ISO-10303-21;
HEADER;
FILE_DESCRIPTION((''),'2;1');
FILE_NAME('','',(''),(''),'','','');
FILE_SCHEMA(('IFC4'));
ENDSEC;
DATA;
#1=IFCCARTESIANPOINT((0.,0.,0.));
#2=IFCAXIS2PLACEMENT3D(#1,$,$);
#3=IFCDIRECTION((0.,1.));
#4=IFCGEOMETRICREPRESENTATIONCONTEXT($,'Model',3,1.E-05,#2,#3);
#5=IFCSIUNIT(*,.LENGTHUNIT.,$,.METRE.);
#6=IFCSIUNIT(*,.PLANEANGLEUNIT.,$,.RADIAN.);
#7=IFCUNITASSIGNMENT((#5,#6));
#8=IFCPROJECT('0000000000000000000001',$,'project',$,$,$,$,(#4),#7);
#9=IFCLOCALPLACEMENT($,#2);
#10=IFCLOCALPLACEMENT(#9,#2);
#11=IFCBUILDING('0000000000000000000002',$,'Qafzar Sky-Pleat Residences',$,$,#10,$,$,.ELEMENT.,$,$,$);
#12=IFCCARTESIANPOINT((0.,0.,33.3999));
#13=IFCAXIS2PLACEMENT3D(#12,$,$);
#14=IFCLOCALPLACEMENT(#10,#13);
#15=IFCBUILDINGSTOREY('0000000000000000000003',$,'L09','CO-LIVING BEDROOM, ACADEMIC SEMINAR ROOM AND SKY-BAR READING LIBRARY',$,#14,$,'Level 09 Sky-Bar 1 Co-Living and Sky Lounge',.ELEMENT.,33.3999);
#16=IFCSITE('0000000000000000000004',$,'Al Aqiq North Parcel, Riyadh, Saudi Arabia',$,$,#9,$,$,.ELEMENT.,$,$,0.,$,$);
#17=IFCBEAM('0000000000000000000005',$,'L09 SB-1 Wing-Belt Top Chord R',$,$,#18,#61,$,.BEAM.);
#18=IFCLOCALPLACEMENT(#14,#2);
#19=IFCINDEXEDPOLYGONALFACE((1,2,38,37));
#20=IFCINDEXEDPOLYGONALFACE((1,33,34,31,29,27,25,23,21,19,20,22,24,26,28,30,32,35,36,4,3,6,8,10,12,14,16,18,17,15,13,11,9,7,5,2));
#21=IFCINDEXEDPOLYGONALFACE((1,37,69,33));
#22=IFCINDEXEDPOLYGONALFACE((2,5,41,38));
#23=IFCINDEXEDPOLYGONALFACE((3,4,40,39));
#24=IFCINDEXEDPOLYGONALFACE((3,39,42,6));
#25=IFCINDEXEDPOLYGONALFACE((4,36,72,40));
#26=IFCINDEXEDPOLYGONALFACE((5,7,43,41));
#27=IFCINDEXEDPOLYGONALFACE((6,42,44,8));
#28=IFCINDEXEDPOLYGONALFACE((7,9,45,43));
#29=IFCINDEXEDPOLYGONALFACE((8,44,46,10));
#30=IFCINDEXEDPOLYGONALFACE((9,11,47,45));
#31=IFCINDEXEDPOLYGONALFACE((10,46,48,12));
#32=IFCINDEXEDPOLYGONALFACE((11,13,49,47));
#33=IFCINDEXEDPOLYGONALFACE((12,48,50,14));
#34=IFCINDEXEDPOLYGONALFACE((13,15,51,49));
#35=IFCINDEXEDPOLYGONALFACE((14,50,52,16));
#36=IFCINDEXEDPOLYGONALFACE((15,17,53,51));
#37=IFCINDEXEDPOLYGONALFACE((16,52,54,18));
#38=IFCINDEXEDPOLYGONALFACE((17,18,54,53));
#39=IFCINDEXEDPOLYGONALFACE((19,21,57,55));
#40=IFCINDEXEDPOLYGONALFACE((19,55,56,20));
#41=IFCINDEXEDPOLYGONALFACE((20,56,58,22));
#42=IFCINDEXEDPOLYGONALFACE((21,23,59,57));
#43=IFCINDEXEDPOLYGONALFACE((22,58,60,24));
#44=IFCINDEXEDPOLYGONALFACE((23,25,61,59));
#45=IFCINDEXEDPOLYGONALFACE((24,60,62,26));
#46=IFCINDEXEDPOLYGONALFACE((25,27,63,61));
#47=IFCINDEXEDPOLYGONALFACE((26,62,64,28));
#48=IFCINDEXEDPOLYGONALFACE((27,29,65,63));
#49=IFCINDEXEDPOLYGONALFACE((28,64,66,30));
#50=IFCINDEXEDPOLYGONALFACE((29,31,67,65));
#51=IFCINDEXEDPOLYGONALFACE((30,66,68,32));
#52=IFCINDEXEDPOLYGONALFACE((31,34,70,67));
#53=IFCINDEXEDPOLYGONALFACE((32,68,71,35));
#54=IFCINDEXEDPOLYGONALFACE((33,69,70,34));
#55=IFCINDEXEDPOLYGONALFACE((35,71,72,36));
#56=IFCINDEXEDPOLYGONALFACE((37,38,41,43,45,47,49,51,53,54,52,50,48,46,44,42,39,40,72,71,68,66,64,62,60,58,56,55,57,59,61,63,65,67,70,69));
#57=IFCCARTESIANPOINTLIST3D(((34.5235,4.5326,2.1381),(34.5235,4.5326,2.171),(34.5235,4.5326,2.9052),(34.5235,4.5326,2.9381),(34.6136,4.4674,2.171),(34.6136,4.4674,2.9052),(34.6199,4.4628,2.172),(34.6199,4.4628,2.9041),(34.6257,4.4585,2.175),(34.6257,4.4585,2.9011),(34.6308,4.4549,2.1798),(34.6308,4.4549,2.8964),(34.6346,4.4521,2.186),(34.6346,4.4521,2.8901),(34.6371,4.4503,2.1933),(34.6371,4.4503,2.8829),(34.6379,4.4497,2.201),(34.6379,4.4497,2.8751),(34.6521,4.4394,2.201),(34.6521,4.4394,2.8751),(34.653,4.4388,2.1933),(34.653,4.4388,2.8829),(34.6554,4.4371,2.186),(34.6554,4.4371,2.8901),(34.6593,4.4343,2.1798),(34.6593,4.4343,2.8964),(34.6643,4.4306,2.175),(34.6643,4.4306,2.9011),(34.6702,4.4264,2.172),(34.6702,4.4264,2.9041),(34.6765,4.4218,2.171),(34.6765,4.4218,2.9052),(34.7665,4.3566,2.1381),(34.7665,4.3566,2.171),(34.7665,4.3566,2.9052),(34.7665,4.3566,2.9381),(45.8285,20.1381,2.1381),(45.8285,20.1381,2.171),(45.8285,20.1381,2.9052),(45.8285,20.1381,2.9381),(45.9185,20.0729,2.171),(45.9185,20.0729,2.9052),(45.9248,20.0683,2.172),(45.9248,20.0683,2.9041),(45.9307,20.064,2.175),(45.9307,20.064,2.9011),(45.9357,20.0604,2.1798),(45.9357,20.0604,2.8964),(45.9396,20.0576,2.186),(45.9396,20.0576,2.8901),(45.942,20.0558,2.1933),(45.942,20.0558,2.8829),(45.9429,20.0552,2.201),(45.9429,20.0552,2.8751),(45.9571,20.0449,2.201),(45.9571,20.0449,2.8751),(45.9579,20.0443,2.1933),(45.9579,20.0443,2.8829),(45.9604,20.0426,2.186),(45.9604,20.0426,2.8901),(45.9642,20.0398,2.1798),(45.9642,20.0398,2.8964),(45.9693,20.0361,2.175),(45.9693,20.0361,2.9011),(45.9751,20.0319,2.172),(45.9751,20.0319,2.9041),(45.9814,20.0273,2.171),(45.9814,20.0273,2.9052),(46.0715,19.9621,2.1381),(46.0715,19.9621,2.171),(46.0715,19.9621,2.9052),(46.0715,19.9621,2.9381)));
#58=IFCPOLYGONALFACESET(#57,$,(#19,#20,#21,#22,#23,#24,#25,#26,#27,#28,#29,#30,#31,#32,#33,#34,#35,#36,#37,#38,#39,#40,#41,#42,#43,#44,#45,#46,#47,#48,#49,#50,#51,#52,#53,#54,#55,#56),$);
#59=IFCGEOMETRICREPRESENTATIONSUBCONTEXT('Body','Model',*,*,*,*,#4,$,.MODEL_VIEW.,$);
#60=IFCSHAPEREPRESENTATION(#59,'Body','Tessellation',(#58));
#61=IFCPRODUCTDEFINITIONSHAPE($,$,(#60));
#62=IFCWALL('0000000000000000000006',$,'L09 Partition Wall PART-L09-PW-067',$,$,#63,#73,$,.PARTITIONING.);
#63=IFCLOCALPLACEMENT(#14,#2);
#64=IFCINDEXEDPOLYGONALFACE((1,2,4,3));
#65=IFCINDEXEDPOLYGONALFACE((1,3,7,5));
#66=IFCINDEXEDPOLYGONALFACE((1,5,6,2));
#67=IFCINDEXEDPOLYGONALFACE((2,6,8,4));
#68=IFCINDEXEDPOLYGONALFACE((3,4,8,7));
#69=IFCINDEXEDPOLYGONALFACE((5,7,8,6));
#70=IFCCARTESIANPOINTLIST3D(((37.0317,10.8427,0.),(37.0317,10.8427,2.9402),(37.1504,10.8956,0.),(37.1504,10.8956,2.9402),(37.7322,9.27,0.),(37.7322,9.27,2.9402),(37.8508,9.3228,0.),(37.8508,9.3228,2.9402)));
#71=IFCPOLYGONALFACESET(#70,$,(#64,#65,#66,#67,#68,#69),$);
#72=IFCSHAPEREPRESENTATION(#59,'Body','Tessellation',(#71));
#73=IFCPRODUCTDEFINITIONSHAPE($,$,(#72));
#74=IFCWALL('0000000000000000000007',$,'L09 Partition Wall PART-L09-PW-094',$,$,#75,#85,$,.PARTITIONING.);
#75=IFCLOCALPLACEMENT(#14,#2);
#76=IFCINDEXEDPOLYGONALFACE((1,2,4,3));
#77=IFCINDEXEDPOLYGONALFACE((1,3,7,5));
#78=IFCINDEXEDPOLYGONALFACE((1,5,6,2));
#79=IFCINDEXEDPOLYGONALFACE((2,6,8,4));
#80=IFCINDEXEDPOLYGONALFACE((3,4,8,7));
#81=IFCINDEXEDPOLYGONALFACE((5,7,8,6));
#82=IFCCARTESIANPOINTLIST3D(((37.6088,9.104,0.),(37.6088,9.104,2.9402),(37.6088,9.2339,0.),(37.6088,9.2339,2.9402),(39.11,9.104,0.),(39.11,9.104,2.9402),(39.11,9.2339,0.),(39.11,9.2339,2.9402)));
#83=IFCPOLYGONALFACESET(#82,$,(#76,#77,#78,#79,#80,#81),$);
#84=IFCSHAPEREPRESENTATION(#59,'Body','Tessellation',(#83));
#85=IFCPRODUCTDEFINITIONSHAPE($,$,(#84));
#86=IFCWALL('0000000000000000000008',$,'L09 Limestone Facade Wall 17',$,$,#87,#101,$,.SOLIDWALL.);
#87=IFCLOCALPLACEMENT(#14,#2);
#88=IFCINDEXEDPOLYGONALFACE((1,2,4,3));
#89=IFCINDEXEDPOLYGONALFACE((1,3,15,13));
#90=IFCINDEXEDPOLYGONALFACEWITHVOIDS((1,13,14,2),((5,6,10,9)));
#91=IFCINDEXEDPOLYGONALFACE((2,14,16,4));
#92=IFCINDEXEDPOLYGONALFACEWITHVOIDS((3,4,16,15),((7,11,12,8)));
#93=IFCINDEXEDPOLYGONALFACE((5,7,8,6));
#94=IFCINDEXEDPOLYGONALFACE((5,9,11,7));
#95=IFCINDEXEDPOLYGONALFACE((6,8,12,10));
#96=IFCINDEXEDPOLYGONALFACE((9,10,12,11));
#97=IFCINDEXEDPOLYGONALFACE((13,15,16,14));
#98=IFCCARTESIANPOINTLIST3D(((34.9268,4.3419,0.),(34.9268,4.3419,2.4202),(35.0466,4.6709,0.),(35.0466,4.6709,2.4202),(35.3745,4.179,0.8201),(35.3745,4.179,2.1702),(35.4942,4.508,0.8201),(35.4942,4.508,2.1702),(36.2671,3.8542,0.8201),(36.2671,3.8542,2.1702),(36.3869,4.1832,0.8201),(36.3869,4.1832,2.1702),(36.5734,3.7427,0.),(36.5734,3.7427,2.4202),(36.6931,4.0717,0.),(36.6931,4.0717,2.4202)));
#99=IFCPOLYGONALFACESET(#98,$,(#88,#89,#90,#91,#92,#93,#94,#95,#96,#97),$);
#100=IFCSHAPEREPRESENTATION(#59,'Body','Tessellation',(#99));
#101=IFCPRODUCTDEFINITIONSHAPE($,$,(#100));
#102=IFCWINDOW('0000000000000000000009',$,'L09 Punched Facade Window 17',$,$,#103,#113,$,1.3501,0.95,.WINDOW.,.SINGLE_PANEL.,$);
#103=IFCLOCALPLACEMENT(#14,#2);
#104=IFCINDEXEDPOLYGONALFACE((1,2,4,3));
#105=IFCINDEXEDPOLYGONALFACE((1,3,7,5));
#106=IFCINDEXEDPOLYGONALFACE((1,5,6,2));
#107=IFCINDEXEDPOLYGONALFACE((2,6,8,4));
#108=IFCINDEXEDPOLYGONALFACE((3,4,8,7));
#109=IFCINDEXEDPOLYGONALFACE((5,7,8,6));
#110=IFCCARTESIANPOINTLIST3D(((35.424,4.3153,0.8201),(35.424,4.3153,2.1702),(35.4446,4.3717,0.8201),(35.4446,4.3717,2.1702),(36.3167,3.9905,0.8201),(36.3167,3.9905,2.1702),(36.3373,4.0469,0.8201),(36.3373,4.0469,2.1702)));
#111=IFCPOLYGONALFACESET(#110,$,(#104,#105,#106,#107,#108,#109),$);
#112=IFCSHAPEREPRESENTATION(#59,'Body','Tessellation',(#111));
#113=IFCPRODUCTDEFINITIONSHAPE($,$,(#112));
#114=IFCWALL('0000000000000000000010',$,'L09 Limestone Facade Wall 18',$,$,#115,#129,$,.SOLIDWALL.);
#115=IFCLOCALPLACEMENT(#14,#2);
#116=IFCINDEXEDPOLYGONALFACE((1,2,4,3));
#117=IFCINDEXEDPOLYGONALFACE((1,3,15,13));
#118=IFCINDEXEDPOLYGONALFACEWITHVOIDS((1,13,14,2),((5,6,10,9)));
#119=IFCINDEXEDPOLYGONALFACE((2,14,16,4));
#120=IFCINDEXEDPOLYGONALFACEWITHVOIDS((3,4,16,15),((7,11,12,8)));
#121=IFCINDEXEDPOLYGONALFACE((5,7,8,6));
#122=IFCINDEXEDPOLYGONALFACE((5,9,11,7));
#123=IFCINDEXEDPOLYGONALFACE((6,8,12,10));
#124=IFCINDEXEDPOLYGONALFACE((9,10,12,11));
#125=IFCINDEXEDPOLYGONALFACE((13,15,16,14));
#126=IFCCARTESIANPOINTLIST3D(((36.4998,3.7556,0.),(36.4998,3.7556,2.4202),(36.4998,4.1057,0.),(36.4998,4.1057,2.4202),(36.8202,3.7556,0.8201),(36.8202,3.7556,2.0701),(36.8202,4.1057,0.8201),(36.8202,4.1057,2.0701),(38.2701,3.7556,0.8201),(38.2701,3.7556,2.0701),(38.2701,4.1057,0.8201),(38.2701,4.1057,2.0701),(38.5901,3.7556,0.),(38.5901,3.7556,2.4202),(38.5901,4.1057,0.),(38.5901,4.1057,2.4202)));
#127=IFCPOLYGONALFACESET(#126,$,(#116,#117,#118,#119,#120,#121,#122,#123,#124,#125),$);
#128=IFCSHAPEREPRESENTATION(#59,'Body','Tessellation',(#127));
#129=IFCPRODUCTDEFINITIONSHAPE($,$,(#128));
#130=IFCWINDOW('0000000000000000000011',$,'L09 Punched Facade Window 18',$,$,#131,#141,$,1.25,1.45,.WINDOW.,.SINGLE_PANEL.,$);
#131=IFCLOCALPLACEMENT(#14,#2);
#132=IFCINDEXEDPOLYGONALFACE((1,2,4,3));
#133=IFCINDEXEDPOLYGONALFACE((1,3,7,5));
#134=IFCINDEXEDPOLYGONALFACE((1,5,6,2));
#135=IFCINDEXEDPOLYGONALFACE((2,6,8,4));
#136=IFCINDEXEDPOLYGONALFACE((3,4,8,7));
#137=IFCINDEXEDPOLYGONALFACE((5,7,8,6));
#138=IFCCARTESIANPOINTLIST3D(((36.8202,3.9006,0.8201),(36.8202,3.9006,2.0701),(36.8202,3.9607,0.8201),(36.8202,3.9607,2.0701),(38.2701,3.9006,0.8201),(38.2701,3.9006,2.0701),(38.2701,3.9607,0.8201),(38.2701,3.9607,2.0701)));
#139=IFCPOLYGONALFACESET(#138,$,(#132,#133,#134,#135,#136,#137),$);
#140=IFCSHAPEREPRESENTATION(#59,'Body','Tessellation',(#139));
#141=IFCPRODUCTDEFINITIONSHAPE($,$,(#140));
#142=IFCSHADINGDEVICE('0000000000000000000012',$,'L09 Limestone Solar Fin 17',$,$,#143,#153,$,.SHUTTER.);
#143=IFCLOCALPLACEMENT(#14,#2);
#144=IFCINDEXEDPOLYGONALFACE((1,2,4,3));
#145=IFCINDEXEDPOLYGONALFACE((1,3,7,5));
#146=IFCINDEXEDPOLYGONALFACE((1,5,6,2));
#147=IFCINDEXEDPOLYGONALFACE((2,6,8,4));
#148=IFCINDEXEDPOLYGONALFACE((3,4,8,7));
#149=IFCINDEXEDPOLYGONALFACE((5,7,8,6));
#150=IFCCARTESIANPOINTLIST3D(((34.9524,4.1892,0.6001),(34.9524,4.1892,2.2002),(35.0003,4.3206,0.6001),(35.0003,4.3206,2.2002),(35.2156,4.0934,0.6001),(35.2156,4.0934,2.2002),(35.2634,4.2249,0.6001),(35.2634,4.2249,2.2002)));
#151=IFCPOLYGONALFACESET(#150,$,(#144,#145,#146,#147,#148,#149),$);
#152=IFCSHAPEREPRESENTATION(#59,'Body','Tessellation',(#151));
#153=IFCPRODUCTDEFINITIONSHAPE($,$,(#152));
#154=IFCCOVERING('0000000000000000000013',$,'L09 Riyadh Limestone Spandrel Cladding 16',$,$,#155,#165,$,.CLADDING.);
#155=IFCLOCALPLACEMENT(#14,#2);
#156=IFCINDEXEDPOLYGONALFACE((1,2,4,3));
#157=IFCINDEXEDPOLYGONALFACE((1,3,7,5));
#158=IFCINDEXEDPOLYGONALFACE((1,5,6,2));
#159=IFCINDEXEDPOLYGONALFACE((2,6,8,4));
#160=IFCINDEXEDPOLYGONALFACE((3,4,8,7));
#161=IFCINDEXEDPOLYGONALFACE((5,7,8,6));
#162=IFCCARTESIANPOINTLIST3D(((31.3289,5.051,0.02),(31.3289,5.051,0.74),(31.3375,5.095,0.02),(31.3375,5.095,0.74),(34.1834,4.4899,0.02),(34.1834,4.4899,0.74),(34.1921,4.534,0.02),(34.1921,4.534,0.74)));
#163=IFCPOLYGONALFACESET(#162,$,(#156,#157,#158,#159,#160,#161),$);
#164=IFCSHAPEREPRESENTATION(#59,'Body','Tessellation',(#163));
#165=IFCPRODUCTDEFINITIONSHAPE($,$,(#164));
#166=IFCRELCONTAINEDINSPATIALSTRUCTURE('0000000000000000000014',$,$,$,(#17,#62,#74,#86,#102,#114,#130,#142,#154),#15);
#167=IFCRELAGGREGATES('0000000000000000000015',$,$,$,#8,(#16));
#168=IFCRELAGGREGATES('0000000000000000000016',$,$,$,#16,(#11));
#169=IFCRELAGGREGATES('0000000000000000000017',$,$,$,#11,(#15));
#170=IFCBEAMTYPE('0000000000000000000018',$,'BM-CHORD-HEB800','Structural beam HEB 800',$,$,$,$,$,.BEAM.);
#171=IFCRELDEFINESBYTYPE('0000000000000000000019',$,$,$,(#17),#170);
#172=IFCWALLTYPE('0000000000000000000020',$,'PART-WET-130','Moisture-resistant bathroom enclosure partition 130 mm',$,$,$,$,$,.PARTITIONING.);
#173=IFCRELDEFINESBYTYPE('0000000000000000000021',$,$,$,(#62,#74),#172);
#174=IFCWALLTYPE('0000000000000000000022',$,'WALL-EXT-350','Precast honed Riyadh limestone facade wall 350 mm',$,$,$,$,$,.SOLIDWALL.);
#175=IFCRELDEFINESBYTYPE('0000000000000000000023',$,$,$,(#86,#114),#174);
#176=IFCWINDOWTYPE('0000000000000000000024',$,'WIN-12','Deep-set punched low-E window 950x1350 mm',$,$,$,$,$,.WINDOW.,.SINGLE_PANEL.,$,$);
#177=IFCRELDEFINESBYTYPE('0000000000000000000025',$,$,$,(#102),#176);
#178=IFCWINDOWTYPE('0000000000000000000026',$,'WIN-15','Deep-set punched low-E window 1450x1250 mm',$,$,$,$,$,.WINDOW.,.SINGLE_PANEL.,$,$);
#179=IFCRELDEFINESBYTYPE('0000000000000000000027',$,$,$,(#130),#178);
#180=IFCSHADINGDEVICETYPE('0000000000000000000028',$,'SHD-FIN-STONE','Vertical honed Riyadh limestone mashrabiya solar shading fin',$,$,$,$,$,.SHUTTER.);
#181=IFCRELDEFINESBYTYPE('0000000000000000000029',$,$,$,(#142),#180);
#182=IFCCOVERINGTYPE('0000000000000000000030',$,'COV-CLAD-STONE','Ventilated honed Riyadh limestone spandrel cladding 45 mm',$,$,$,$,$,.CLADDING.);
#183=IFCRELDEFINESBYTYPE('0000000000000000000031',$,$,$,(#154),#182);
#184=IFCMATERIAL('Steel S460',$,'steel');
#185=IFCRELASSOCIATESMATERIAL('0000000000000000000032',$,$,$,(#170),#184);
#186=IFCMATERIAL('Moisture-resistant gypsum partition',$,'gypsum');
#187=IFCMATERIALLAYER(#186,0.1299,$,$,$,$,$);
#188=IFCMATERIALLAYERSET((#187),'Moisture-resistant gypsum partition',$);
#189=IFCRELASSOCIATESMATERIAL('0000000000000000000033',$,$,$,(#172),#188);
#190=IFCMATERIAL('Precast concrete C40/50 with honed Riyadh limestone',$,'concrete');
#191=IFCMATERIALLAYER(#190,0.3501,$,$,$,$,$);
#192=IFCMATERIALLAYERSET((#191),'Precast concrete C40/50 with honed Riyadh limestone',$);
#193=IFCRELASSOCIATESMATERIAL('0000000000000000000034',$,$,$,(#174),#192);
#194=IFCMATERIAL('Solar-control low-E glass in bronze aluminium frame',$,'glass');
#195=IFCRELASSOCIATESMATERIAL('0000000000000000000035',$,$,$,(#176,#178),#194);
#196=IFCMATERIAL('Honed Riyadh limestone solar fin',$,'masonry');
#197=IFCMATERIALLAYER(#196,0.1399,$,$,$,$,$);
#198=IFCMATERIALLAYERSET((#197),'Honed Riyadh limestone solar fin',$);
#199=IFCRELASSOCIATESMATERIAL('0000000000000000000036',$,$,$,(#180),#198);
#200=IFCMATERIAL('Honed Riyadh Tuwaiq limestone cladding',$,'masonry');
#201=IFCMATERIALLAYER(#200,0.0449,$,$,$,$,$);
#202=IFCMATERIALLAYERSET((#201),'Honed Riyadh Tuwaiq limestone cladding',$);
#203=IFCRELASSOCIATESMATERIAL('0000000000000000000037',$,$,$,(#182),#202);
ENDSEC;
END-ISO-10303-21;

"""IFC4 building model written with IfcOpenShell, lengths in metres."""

from ifc_helpers import new_model, si_unit, direction, frame, frame_2d, origin, origin_2d, place, context, subcontext, project, spatial, rectangle, i_section, extrude, source, transform, mapped, material, layer, layer_set, material_profile, profile_set, type_object, element, fill, save


model = new_model("IFC4")

# Units and contexts
model_context = context("Model", 3, precision=1e-05, world=origin(), true_north=direction((0.0, 1.0)))
body_context = subcontext(model_context, "Body", "Model", "MODEL_VIEW")
ifc_project = project(units=[si_unit("LENGTHUNIT", "METRE"), si_unit("PLANEANGLEUNIT", "RADIAN")], contexts=[model_context])

# Site, building, storey
site_placement = place(None, origin())
site = spatial("IfcSite", under=ifc_project, at=site_placement, Name="Al Aqiq North Parcel, Riyadh, Saudi Arabia", CompositionType="ELEMENT", RefElevation=0.0)
building_placement = place(site_placement, origin())
building = spatial("IfcBuilding", under=site, at=building_placement, Name="Qafzar Sky-Pleat Residences", CompositionType="ELEMENT")
storey_placement = place(building_placement, frame((0.0, 0.0, 33.3999)))
storey = spatial("IfcBuildingStorey", under=building, at=storey_placement, Name="L09", Description="CO-LIVING BEDROOM, ACADEMIC SEMINAR ROOM AND SKY-BAR READING LIBRARY", LongName="Level 09 Sky-Bar 1 Co-Living and Sky Lounge", CompositionType="ELEMENT", Elevation=33.3999)

# Beam
ifc_material_1 = material(Name="Steel S460", Category="steel")
ifc_material_profile_1 = material_profile(ifc_material_1, i_section(OverallWidth=0.3, OverallDepth=0.8, WebThickness=0.0176, FlangeThickness=0.033, FilletRadius=0.03, at=origin_2d()), Name="HEB 800")
ifc_profile_set_1 = profile_set([ifc_material_profile_1], Name="Steel S460")
beam_type_1 = type_object("IfcBeamType", Name="BM-CHORD-HEB800", Description="Structural beam HEB 800", PredefinedType="BEAM", material=ifc_profile_set_1)
shared_shape_1 = source(origin(), body_context, "Body", "SweptSolid", [
    extrude(i_section(OverallWidth=0.3, OverallDepth=0.8, WebThickness=0.0176, FlangeThickness=0.033, FilletRadius=0.03, at=origin_2d()), origin(), (0.0, 0.0, 1.0), 19.27),
])
beam_1_placement = place(storey_placement, frame((34.645, 4.4446, 2.5381), z_axis=(0.58666, 0.809833, 0.0), x_axis=(-0.809833, 0.58666, 0.0)))
element("IfcBeam", 1, at=beam_1_placement, inside=storey, type_object=beam_type_1, Name="L09 SB-1 Wing-Belt Top Chord R", PredefinedType="BEAM", context=body_context, shape_type="MappedRepresentation", body=[
    mapped(shared_shape_1, transform((0.0, 0.0, 0.0), x_axis=(1.0, 0.0, 0.0), y_axis=(0.0, 1.0, 0.0), z_axis=(0.0, 0.0, 1.0), scale=1.0)),
])

# Walls
ifc_material_2 = material(Name="Moisture-resistant gypsum partition", Category="gypsum")
ifc_layer_1 = layer(ifc_material_2, 0.1299)
ifc_layer_set_1 = layer_set([ifc_layer_1], Name="Moisture-resistant gypsum partition")
wall_type_1 = type_object("IfcWallType", Name="PART-WET-130", Description="Moisture-resistant bathroom enclosure partition 130 mm", PredefinedType="PARTITIONING", material=ifc_layer_set_1)
wall_1_placement = place(storey_placement, frame((37.0911, 10.8691, 0.0), z_axis=(0.0, 0.0, 1.0), x_axis=(0.406836, -0.913501, 0.0)))
element("IfcWall", 2, at=wall_1_placement, inside=storey, type_object=wall_type_1, Name="L09 Partition Wall PART-L09-PW-067", PredefinedType="PARTITIONING", context=body_context, shape_type="SweptSolid", body=[
    extrude(rectangle(XDim=1.7217, YDim=0.1299, at=frame_2d((0.8608, 0.0))), origin(), (0.0, 0.0, 1.0), 2.9402),
])
wall_2_placement = place(storey_placement, frame((37.6089, 9.1689, 0.0), z_axis=(0.0, 0.0, 1.0), x_axis=(1.0, 0.0, 0.0)))
element("IfcWall", 3, at=wall_2_placement, inside=storey, type_object=wall_type_1, Name="L09 Partition Wall PART-L09-PW-094", PredefinedType="PARTITIONING", context=body_context, shape_type="SweptSolid", body=[
    extrude(rectangle(XDim=1.5012, YDim=0.1299, at=frame_2d((0.7505, 0.0))), origin(), (0.0, 0.0, 1.0), 2.9402),
])

# Walls, openings, windows
ifc_material_3 = material(Name="Precast concrete C40/50 with honed Riyadh limestone", Category="concrete")
ifc_layer_2 = layer(ifc_material_3, 0.3501)
ifc_layer_set_2 = layer_set([ifc_layer_2], Name="Precast concrete C40/50 with honed Riyadh limestone")
wall_type_2 = type_object("IfcWallType", Name="WALL-EXT-350", Description="Precast honed Riyadh limestone facade wall 350 mm", PredefinedType="SOLIDWALL", material=ifc_layer_set_2)
wall_3_placement = place(storey_placement, frame((34.9868, 4.5063, 0.0), z_axis=(0.0, 0.0, 1.0), x_axis=(0.93972, -0.341944, 0.0)))
wall_3 = element("IfcWall", 4, at=wall_3_placement, inside=storey, type_object=wall_type_2, Name="L09 Limestone Facade Wall 17", PredefinedType="SOLIDWALL", context=body_context, shape_type="SweptSolid", body=[
    extrude(rectangle(XDim=1.7522, YDim=0.3501, at=frame_2d((0.876, 0.0))), origin(), (0.0, 0.0, 1.0), 2.4202),
])
opening_1_placement = place(wall_3_placement, frame((0.4761, 0.0, 0.8201)))
opening_1 = element("IfcOpeningElement", 5, at=opening_1_placement, cuts=wall_3, PredefinedType="OPENING", context=body_context, shape_type="SweptSolid", body=[
    extrude(rectangle(XDim=0.95, YDim=1.3501, at=frame_2d((0.4751, 0.675))), frame((0.0, 0.1851, 0.0), z_axis=(0.0, -1.0, 0.0), x_axis=(1.0, 0.0, 0.0)), (0.0, 0.0, 1.0), 0.3701),
])
ifc_material_4 = material(Name="Solar-control low-E glass in bronze aluminium frame", Category="glass")
window_type_1 = type_object("IfcWindowType", Name="WIN-12", Description="Deep-set punched low-E window 950x1350 mm", PartitioningType="SINGLE_PANEL", PredefinedType="WINDOW", material=ifc_material_4)
shared_shape_2 = source(origin(), body_context, "Body", "SweptSolid", [
    extrude(rectangle(XDim=0.95, YDim=1.3501, at=frame_2d((0.4751, 0.675))), frame((0.0, 0.03, 0.0), z_axis=(0.0, -1.0, 0.0), x_axis=(1.0, 0.0, 0.0)), (0.0, 0.0, 1.0), 0.0601),
])
window_1_placement = place(opening_1_placement, origin())
window_1 = element("IfcWindow", 6, at=window_1_placement, inside=storey, type_object=window_type_1, Name="L09 Punched Facade Window 17", OverallHeight=1.3501, OverallWidth=0.95, PartitioningType="SINGLE_PANEL", PredefinedType="WINDOW", context=body_context, shape_type="MappedRepresentation", body=[
    mapped(shared_shape_2, transform((0.0, 0.0, 0.0), x_axis=(1.0, 0.0, 0.0), y_axis=(0.0, 1.0, 0.0), z_axis=(0.0, 0.0, 1.0), scale=1.0)),
])
fill(opening_1, window_1)
wall_4_placement = place(storey_placement, frame((36.4998, 3.9307, 0.0), z_axis=(0.0, 0.0, 1.0), x_axis=(1.0, 0.0, 0.0)))
wall_4 = element("IfcWall", 7, at=wall_4_placement, inside=storey, type_object=wall_type_2, Name="L09 Limestone Facade Wall 18", PredefinedType="SOLIDWALL", context=body_context, shape_type="SweptSolid", body=[
    extrude(rectangle(XDim=2.0903, YDim=0.3501, at=frame_2d((1.0452, 0.0))), origin(), (0.0, 0.0, 1.0), 2.4202),
])
opening_2_placement = place(wall_4_placement, frame((0.3203, 0.0, 0.8201)))
opening_2 = element("IfcOpeningElement", 8, at=opening_2_placement, cuts=wall_4, PredefinedType="OPENING", context=body_context, shape_type="SweptSolid", body=[
    extrude(rectangle(XDim=1.45, YDim=1.25, at=frame_2d((0.7251, 0.625))), frame((0.0, 0.1851, 0.0), z_axis=(0.0, -1.0, 0.0), x_axis=(1.0, 0.0, 0.0)), (0.0, 0.0, 1.0), 0.3701),
])
window_type_2 = type_object("IfcWindowType", Name="WIN-15", Description="Deep-set punched low-E window 1450x1250 mm", PartitioningType="SINGLE_PANEL", PredefinedType="WINDOW", material=ifc_material_4)
shared_shape_3 = source(origin(), body_context, "Body", "SweptSolid", [
    extrude(rectangle(XDim=1.45, YDim=1.25, at=frame_2d((0.7251, 0.625))), frame((0.0, 0.03, 0.0), z_axis=(0.0, -1.0, 0.0), x_axis=(1.0, 0.0, 0.0)), (0.0, 0.0, 1.0), 0.0601),
])
window_2_placement = place(opening_2_placement, origin())
window_2 = element("IfcWindow", 9, at=window_2_placement, inside=storey, type_object=window_type_2, Name="L09 Punched Facade Window 18", OverallHeight=1.25, OverallWidth=1.45, PartitioningType="SINGLE_PANEL", PredefinedType="WINDOW", context=body_context, shape_type="MappedRepresentation", body=[
    mapped(shared_shape_3, transform((0.0, 0.0, 0.0), x_axis=(1.0, 0.0, 0.0), y_axis=(0.0, 1.0, 0.0), z_axis=(0.0, 0.0, 1.0), scale=1.0)),
])
fill(opening_2, window_2)

# Shading device
ifc_material_5 = material(Name="Honed Riyadh limestone solar fin", Category="masonry")
ifc_layer_3 = layer(ifc_material_5, 0.1399)
ifc_layer_set_3 = layer_set([ifc_layer_3], Name="Honed Riyadh limestone solar fin")
shading_device_type = type_object("IfcShadingDeviceType", Name="SHD-FIN-STONE", Description="Vertical honed Riyadh limestone mashrabiya solar shading fin", PredefinedType="SHUTTER", material=ifc_layer_set_3)
shared_shape_4 = source(origin(), body_context, "Body", "SweptSolid", [
    extrude(rectangle(XDim=0.1399, YDim=0.28, at=origin_2d()), origin(), (0.0, 0.0, 1.0), 1.6001),
])
shading_device_placement = place(storey_placement, frame((35.1079, 4.207, 0.6001), z_axis=(0.0, 0.0, 1.0), x_axis=(-0.34201, -0.939696, 0.0)))
element("IfcShadingDevice", 10, at=shading_device_placement, inside=storey, type_object=shading_device_type, Name="L09 Limestone Solar Fin 17", PredefinedType="SHUTTER", context=body_context, shape_type="MappedRepresentation", body=[
    mapped(shared_shape_4, transform((0.0, 0.0, 0.0), x_axis=(1.0, 0.0, 0.0), y_axis=(0.0, 1.0, 0.0), z_axis=(0.0, 0.0, 1.0), scale=1.0)),
])

# Covering
ifc_material_6 = material(Name="Honed Riyadh Tuwaiq limestone cladding", Category="masonry")
ifc_layer_4 = layer(ifc_material_6, 0.0449)
ifc_layer_set_4 = layer_set([ifc_layer_4], Name="Honed Riyadh Tuwaiq limestone cladding")
covering_type = type_object("IfcCoveringType", Name="COV-CLAD-STONE", Description="Ventilated honed Riyadh limestone spandrel cladding 45 mm", PredefinedType="CLADDING", material=ifc_layer_set_4)
shared_shape_5 = source(origin(), body_context, "Body", "SweptSolid", [
    extrude(rectangle(XDim=2.9092, YDim=0.0449, at=origin_2d()), origin(), (0.0, 0.0, 1.0), 0.72),
])
covering_placement = place(storey_placement, frame((32.7605, 4.7925, 0.02), z_axis=(0.0, 0.0, 1.0), x_axis=(0.981227, -0.192855, 0.0)))
element("IfcCovering", 11, at=covering_placement, inside=storey, type_object=covering_type, Name="L09 Riyadh Limestone Spandrel Cladding 16", PredefinedType="CLADDING", context=body_context, shape_type="MappedRepresentation", body=[
    mapped(shared_shape_5, transform((0.0, 0.0, 0.0), x_axis=(1.0, 0.0, 0.0), y_axis=(0.0, 1.0, 0.0), z_axis=(0.0, 0.0, 1.0), scale=1.0)),
])

save(model, "model.ifc")
